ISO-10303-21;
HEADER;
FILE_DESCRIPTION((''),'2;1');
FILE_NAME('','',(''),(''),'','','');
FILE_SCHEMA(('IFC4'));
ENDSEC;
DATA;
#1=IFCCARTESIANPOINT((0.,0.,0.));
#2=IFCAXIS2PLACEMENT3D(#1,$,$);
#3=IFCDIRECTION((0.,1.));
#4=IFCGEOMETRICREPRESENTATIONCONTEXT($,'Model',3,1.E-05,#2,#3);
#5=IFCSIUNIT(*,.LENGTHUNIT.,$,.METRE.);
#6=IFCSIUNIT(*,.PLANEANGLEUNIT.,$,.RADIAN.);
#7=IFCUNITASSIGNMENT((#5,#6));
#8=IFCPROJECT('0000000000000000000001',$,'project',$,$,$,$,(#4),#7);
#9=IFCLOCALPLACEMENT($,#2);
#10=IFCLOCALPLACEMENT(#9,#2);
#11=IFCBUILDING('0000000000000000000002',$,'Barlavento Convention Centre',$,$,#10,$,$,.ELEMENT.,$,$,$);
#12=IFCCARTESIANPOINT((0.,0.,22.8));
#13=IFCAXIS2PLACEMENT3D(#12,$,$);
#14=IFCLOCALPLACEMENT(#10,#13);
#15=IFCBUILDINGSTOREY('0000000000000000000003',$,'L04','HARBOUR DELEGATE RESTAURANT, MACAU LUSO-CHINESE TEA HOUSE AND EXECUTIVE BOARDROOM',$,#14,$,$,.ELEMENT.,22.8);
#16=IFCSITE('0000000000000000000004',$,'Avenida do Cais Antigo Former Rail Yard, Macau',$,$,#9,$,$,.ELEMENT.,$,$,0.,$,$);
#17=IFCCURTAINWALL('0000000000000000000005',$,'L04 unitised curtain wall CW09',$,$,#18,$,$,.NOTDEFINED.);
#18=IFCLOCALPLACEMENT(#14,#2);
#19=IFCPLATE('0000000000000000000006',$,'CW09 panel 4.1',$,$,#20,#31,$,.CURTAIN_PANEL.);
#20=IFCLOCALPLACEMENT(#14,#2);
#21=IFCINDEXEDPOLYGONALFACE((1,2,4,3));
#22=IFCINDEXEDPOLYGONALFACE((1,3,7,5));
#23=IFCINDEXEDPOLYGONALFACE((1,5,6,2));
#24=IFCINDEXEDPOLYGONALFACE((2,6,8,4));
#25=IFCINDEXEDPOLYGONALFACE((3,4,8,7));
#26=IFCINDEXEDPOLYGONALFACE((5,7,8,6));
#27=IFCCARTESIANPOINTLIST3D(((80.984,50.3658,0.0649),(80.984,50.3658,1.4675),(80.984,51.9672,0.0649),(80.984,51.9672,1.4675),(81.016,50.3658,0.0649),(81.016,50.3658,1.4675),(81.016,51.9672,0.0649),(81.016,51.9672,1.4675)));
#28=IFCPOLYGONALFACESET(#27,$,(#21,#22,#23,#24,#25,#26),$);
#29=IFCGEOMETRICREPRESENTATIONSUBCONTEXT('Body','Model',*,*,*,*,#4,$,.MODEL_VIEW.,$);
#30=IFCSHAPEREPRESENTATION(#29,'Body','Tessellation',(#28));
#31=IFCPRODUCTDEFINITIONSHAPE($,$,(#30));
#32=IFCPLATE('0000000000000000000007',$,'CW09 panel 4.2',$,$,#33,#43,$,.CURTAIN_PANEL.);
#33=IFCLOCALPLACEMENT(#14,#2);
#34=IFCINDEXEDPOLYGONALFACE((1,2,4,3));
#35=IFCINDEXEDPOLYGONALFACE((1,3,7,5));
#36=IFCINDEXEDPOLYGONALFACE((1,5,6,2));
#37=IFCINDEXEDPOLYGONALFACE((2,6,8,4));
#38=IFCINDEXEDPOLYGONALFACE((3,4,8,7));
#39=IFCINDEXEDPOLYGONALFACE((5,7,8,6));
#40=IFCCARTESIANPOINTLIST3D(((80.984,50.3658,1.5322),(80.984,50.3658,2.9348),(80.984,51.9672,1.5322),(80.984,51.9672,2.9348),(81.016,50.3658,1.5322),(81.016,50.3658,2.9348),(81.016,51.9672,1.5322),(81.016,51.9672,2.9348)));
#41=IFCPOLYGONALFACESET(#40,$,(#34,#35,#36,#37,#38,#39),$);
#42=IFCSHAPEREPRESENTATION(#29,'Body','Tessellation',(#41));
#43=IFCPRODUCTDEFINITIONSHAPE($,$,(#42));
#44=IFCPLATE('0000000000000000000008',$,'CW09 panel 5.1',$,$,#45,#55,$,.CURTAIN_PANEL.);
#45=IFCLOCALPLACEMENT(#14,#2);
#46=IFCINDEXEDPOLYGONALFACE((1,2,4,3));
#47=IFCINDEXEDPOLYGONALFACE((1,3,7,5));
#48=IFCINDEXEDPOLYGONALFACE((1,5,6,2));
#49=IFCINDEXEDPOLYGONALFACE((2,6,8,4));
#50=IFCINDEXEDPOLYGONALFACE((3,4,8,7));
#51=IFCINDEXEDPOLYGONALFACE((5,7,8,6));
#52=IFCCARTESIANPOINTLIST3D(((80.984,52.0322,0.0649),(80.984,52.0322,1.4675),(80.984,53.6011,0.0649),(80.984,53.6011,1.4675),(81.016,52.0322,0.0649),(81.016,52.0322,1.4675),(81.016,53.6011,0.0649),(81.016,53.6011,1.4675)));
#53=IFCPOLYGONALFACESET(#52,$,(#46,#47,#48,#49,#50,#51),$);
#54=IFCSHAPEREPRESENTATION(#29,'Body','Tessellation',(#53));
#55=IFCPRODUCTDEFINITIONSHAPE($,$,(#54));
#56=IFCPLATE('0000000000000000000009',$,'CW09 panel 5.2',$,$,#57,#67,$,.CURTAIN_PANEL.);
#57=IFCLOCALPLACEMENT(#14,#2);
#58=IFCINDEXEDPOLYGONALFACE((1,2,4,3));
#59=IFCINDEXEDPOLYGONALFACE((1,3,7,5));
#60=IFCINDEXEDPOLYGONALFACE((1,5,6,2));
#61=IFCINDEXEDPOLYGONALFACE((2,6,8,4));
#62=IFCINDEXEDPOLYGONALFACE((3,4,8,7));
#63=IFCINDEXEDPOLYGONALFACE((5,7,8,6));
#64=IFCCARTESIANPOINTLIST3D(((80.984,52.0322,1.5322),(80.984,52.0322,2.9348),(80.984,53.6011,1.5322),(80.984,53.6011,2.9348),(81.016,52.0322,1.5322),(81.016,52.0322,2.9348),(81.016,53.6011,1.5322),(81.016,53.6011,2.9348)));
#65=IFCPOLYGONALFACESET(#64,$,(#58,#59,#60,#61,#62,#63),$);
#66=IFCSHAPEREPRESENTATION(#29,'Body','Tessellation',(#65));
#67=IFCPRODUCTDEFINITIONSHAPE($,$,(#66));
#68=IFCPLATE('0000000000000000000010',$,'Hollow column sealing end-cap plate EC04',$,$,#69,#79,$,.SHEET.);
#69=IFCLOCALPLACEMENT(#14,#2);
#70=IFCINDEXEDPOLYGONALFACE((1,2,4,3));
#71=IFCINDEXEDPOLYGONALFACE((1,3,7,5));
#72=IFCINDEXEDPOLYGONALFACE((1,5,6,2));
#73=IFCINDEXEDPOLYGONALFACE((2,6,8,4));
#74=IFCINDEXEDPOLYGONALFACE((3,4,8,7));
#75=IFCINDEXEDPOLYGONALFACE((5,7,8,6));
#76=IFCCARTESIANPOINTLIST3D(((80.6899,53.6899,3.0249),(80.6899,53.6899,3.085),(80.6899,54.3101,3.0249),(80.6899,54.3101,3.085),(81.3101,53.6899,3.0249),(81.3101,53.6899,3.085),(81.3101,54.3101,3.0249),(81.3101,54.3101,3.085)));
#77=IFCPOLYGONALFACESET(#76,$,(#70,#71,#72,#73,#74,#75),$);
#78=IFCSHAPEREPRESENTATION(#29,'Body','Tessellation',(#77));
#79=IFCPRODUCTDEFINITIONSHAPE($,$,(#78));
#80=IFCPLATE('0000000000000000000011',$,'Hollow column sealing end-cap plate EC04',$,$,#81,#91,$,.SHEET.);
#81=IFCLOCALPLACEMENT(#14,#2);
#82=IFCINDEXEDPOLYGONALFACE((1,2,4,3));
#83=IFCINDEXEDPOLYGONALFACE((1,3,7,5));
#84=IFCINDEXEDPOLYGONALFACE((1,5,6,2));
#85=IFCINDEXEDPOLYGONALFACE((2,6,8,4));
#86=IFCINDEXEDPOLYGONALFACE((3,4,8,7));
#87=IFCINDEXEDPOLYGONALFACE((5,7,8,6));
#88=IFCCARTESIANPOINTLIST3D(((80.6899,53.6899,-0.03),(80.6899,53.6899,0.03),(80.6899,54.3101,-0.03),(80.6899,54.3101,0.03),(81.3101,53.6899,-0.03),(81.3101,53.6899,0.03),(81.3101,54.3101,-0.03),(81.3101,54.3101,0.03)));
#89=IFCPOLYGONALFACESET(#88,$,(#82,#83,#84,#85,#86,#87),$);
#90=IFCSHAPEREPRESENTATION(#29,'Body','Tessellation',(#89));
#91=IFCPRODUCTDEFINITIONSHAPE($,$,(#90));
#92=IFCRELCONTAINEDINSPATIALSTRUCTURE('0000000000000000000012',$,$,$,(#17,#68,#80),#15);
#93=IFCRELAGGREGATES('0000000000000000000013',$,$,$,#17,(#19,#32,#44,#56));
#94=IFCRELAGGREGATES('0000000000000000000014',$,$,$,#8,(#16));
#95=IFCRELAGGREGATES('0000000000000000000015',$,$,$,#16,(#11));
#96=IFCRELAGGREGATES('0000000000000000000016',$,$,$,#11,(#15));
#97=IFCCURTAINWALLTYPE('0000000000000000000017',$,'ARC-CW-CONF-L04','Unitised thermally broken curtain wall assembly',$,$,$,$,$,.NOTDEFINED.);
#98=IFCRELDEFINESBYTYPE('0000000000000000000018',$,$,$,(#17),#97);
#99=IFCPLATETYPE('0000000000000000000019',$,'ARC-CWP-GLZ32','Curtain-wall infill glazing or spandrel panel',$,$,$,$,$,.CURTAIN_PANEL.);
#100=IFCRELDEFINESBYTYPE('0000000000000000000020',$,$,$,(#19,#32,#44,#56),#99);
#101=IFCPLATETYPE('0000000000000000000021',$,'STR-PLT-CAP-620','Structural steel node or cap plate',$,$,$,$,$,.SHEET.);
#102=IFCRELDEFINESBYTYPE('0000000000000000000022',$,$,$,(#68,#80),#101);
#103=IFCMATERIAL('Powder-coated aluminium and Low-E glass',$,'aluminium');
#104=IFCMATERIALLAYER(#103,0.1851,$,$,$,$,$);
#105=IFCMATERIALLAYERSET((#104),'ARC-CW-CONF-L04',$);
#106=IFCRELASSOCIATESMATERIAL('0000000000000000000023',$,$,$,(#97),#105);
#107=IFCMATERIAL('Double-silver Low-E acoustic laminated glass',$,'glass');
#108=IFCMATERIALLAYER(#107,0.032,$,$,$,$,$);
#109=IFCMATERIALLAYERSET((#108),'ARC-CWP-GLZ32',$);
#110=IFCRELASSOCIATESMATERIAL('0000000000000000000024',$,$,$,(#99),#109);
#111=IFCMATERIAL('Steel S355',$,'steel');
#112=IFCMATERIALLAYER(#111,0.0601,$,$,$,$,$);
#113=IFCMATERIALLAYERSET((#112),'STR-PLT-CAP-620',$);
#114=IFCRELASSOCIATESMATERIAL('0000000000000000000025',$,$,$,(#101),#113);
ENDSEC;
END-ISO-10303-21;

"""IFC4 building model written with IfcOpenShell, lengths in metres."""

from ifc_helpers import new_model, si_unit, direction, frame, origin, origin_2d, place, context, subcontext, project, spatial, rectangle, extrude, material, layer, layer_set, type_object, element, aggregate, save


model = new_model("IFC4")

# Units and contexts
model_context = context("Model", 3, precision=1e-05, world=origin(), true_north=direction((0.0, 1.0)))
body_context = subcontext(model_context, "Body", "Model", "MODEL_VIEW")
ifc_project = project(units=[si_unit("LENGTHUNIT", "METRE"), si_unit("PLANEANGLEUNIT", "RADIAN")], contexts=[model_context])

# Site, building, storey
site_placement = place(None, origin())
site = spatial("IfcSite", under=ifc_project, at=site_placement, Name="Avenida do Cais Antigo Former Rail Yard, Macau", CompositionType="ELEMENT", RefElevation=0.0)
building_placement = place(site_placement, origin())
building = spatial("IfcBuilding", under=site, at=building_placement, Name="Barlavento Convention Centre", CompositionType="ELEMENT")
storey_placement = place(building_placement, frame((0.0, 0.0, 22.8)))
storey = spatial("IfcBuildingStorey", under=building, at=storey_placement, Name="L04", Description="HARBOUR DELEGATE RESTAURANT, MACAU LUSO-CHINESE TEA HOUSE AND EXECUTIVE BOARDROOM", CompositionType="ELEMENT", Elevation=22.8)

# Shared definitions
ifc_material_1 = material(Name="Powder-coated aluminium and Low-E glass", Category="aluminium")
ifc_layer_1 = layer(ifc_material_1, 0.1851)
ifc_layer_set_1 = layer_set([ifc_layer_1], Name="ARC-CW-CONF-L04")
curtain_wall_type = type_object("IfcCurtainWallType", Name="ARC-CW-CONF-L04", Description="Unitised thermally broken curtain wall assembly", PredefinedType="NOTDEFINED", material=ifc_layer_set_1)

# Curtain wall
curtain_wall_1_placement = place(storey_placement, origin())
curtain_wall_1 = element("IfcCurtainWall", 1, at=curtain_wall_1_placement, inside=storey, type_object=curtain_wall_type, Name="L04 unitised curtain wall CW09", PredefinedType="NOTDEFINED")

# Shared definitions
ifc_material_2 = material(Name="Steel S355", Category="steel")

# Plates
ifc_material_3 = material(Name="Double-silver Low-E acoustic laminated glass", Category="glass")
ifc_layer_2 = layer(ifc_material_3, 0.032)
ifc_layer_set_2 = layer_set([ifc_layer_2], Name="ARC-CWP-GLZ32")
plate_type_1 = type_object("IfcPlateType", Name="ARC-CWP-GLZ32", Description="Curtain-wall infill glazing or spandrel panel", PredefinedType="CURTAIN_PANEL", material=ifc_layer_set_2)
plate_1_placement = place(storey_placement, frame((81.0, 51.1665, 0.0649), z_axis=(0.0, 0.0, 1.0), x_axis=(0.0, 1.0, 0.0)))
plate_1 = element("IfcPlate", 2, at=plate_1_placement, type_object=plate_type_1, Name="CW09 panel 4.1", PredefinedType="CURTAIN_PANEL", context=body_context, shape_type="SweptSolid", body=[
    extrude(rectangle(XDim=1.6013, YDim=0.032, at=origin_2d()), origin(), (0.0, 0.0, 1.0), 1.4026),
])
plate_2_placement = place(storey_placement, frame((81.0, 51.1665, 1.5322), z_axis=(0.0, 0.0, 1.0), x_axis=(0.0, 1.0, 0.0)))
plate_2 = element("IfcPlate", 3, at=plate_2_placement, type_object=plate_type_1, Name="CW09 panel 4.2", PredefinedType="CURTAIN_PANEL", context=body_context, shape_type="SweptSolid", body=[
    extrude(rectangle(XDim=1.6013, YDim=0.032, at=origin_2d()), origin(), (0.0, 0.0, 1.0), 1.4026),
])
plate_3_placement = place(storey_placement, frame((81.0, 52.8167, 0.0649), z_axis=(0.0, 0.0, 1.0), x_axis=(0.0, 1.0, 0.0)))
plate_3 = element("IfcPlate", 4, at=plate_3_placement, type_object=plate_type_1, Name="CW09 panel 5.1", PredefinedType="CURTAIN_PANEL", context=body_context, shape_type="SweptSolid", body=[
    extrude(rectangle(XDim=1.5688, YDim=0.032, at=origin_2d()), origin(), (0.0, 0.0, 1.0), 1.4026),
])
plate_4_placement = place(storey_placement, frame((81.0, 52.8167, 1.5322), z_axis=(0.0, 0.0, 1.0), x_axis=(0.0, 1.0, 0.0)))
plate_4 = element("IfcPlate", 5, at=plate_4_placement, type_object=plate_type_1, Name="CW09 panel 5.2", PredefinedType="CURTAIN_PANEL", context=body_context, shape_type="SweptSolid", body=[
    extrude(rectangle(XDim=1.5688, YDim=0.032, at=origin_2d()), origin(), (0.0, 0.0, 1.0), 1.4026),
])
aggregate(curtain_wall_1, [plate_1, plate_2, plate_3, plate_4])

# Plates
ifc_layer_3 = layer(ifc_material_2, 0.0601)
ifc_layer_set_3 = layer_set([ifc_layer_3], Name="STR-PLT-CAP-620")
plate_type_2 = type_object("IfcPlateType", Name="STR-PLT-CAP-620", Description="Structural steel node or cap plate", PredefinedType="SHEET", material=ifc_layer_set_3)
for number, where, z_axis, x_axis, name in (
    (6, (81.0, 54.0, 3.0249), (0.0, 0.0, 1.0), (1.0, 0.0, 0.0), "Hollow column sealing end-cap plate EC04"),
    (7, (81.0, 54.0, -0.03), (0.0, 0.0, 1.0), (1.0, 0.0, 0.0), "Hollow column sealing end-cap plate EC04"),
):
    element("IfcPlate", number, at=place(storey_placement, frame(where, z_axis=z_axis, x_axis=x_axis)), inside=storey, type_object=plate_type_2, Name=name, PredefinedType="SHEET", context=body_context, shape_type="SweptSolid", body=[
        extrude(rectangle(XDim=0.6201, YDim=0.6201, at=origin_2d()), origin(), (0.0, 0.0, 1.0), 0.0601),
    ])

save(model, "model.ifc")
